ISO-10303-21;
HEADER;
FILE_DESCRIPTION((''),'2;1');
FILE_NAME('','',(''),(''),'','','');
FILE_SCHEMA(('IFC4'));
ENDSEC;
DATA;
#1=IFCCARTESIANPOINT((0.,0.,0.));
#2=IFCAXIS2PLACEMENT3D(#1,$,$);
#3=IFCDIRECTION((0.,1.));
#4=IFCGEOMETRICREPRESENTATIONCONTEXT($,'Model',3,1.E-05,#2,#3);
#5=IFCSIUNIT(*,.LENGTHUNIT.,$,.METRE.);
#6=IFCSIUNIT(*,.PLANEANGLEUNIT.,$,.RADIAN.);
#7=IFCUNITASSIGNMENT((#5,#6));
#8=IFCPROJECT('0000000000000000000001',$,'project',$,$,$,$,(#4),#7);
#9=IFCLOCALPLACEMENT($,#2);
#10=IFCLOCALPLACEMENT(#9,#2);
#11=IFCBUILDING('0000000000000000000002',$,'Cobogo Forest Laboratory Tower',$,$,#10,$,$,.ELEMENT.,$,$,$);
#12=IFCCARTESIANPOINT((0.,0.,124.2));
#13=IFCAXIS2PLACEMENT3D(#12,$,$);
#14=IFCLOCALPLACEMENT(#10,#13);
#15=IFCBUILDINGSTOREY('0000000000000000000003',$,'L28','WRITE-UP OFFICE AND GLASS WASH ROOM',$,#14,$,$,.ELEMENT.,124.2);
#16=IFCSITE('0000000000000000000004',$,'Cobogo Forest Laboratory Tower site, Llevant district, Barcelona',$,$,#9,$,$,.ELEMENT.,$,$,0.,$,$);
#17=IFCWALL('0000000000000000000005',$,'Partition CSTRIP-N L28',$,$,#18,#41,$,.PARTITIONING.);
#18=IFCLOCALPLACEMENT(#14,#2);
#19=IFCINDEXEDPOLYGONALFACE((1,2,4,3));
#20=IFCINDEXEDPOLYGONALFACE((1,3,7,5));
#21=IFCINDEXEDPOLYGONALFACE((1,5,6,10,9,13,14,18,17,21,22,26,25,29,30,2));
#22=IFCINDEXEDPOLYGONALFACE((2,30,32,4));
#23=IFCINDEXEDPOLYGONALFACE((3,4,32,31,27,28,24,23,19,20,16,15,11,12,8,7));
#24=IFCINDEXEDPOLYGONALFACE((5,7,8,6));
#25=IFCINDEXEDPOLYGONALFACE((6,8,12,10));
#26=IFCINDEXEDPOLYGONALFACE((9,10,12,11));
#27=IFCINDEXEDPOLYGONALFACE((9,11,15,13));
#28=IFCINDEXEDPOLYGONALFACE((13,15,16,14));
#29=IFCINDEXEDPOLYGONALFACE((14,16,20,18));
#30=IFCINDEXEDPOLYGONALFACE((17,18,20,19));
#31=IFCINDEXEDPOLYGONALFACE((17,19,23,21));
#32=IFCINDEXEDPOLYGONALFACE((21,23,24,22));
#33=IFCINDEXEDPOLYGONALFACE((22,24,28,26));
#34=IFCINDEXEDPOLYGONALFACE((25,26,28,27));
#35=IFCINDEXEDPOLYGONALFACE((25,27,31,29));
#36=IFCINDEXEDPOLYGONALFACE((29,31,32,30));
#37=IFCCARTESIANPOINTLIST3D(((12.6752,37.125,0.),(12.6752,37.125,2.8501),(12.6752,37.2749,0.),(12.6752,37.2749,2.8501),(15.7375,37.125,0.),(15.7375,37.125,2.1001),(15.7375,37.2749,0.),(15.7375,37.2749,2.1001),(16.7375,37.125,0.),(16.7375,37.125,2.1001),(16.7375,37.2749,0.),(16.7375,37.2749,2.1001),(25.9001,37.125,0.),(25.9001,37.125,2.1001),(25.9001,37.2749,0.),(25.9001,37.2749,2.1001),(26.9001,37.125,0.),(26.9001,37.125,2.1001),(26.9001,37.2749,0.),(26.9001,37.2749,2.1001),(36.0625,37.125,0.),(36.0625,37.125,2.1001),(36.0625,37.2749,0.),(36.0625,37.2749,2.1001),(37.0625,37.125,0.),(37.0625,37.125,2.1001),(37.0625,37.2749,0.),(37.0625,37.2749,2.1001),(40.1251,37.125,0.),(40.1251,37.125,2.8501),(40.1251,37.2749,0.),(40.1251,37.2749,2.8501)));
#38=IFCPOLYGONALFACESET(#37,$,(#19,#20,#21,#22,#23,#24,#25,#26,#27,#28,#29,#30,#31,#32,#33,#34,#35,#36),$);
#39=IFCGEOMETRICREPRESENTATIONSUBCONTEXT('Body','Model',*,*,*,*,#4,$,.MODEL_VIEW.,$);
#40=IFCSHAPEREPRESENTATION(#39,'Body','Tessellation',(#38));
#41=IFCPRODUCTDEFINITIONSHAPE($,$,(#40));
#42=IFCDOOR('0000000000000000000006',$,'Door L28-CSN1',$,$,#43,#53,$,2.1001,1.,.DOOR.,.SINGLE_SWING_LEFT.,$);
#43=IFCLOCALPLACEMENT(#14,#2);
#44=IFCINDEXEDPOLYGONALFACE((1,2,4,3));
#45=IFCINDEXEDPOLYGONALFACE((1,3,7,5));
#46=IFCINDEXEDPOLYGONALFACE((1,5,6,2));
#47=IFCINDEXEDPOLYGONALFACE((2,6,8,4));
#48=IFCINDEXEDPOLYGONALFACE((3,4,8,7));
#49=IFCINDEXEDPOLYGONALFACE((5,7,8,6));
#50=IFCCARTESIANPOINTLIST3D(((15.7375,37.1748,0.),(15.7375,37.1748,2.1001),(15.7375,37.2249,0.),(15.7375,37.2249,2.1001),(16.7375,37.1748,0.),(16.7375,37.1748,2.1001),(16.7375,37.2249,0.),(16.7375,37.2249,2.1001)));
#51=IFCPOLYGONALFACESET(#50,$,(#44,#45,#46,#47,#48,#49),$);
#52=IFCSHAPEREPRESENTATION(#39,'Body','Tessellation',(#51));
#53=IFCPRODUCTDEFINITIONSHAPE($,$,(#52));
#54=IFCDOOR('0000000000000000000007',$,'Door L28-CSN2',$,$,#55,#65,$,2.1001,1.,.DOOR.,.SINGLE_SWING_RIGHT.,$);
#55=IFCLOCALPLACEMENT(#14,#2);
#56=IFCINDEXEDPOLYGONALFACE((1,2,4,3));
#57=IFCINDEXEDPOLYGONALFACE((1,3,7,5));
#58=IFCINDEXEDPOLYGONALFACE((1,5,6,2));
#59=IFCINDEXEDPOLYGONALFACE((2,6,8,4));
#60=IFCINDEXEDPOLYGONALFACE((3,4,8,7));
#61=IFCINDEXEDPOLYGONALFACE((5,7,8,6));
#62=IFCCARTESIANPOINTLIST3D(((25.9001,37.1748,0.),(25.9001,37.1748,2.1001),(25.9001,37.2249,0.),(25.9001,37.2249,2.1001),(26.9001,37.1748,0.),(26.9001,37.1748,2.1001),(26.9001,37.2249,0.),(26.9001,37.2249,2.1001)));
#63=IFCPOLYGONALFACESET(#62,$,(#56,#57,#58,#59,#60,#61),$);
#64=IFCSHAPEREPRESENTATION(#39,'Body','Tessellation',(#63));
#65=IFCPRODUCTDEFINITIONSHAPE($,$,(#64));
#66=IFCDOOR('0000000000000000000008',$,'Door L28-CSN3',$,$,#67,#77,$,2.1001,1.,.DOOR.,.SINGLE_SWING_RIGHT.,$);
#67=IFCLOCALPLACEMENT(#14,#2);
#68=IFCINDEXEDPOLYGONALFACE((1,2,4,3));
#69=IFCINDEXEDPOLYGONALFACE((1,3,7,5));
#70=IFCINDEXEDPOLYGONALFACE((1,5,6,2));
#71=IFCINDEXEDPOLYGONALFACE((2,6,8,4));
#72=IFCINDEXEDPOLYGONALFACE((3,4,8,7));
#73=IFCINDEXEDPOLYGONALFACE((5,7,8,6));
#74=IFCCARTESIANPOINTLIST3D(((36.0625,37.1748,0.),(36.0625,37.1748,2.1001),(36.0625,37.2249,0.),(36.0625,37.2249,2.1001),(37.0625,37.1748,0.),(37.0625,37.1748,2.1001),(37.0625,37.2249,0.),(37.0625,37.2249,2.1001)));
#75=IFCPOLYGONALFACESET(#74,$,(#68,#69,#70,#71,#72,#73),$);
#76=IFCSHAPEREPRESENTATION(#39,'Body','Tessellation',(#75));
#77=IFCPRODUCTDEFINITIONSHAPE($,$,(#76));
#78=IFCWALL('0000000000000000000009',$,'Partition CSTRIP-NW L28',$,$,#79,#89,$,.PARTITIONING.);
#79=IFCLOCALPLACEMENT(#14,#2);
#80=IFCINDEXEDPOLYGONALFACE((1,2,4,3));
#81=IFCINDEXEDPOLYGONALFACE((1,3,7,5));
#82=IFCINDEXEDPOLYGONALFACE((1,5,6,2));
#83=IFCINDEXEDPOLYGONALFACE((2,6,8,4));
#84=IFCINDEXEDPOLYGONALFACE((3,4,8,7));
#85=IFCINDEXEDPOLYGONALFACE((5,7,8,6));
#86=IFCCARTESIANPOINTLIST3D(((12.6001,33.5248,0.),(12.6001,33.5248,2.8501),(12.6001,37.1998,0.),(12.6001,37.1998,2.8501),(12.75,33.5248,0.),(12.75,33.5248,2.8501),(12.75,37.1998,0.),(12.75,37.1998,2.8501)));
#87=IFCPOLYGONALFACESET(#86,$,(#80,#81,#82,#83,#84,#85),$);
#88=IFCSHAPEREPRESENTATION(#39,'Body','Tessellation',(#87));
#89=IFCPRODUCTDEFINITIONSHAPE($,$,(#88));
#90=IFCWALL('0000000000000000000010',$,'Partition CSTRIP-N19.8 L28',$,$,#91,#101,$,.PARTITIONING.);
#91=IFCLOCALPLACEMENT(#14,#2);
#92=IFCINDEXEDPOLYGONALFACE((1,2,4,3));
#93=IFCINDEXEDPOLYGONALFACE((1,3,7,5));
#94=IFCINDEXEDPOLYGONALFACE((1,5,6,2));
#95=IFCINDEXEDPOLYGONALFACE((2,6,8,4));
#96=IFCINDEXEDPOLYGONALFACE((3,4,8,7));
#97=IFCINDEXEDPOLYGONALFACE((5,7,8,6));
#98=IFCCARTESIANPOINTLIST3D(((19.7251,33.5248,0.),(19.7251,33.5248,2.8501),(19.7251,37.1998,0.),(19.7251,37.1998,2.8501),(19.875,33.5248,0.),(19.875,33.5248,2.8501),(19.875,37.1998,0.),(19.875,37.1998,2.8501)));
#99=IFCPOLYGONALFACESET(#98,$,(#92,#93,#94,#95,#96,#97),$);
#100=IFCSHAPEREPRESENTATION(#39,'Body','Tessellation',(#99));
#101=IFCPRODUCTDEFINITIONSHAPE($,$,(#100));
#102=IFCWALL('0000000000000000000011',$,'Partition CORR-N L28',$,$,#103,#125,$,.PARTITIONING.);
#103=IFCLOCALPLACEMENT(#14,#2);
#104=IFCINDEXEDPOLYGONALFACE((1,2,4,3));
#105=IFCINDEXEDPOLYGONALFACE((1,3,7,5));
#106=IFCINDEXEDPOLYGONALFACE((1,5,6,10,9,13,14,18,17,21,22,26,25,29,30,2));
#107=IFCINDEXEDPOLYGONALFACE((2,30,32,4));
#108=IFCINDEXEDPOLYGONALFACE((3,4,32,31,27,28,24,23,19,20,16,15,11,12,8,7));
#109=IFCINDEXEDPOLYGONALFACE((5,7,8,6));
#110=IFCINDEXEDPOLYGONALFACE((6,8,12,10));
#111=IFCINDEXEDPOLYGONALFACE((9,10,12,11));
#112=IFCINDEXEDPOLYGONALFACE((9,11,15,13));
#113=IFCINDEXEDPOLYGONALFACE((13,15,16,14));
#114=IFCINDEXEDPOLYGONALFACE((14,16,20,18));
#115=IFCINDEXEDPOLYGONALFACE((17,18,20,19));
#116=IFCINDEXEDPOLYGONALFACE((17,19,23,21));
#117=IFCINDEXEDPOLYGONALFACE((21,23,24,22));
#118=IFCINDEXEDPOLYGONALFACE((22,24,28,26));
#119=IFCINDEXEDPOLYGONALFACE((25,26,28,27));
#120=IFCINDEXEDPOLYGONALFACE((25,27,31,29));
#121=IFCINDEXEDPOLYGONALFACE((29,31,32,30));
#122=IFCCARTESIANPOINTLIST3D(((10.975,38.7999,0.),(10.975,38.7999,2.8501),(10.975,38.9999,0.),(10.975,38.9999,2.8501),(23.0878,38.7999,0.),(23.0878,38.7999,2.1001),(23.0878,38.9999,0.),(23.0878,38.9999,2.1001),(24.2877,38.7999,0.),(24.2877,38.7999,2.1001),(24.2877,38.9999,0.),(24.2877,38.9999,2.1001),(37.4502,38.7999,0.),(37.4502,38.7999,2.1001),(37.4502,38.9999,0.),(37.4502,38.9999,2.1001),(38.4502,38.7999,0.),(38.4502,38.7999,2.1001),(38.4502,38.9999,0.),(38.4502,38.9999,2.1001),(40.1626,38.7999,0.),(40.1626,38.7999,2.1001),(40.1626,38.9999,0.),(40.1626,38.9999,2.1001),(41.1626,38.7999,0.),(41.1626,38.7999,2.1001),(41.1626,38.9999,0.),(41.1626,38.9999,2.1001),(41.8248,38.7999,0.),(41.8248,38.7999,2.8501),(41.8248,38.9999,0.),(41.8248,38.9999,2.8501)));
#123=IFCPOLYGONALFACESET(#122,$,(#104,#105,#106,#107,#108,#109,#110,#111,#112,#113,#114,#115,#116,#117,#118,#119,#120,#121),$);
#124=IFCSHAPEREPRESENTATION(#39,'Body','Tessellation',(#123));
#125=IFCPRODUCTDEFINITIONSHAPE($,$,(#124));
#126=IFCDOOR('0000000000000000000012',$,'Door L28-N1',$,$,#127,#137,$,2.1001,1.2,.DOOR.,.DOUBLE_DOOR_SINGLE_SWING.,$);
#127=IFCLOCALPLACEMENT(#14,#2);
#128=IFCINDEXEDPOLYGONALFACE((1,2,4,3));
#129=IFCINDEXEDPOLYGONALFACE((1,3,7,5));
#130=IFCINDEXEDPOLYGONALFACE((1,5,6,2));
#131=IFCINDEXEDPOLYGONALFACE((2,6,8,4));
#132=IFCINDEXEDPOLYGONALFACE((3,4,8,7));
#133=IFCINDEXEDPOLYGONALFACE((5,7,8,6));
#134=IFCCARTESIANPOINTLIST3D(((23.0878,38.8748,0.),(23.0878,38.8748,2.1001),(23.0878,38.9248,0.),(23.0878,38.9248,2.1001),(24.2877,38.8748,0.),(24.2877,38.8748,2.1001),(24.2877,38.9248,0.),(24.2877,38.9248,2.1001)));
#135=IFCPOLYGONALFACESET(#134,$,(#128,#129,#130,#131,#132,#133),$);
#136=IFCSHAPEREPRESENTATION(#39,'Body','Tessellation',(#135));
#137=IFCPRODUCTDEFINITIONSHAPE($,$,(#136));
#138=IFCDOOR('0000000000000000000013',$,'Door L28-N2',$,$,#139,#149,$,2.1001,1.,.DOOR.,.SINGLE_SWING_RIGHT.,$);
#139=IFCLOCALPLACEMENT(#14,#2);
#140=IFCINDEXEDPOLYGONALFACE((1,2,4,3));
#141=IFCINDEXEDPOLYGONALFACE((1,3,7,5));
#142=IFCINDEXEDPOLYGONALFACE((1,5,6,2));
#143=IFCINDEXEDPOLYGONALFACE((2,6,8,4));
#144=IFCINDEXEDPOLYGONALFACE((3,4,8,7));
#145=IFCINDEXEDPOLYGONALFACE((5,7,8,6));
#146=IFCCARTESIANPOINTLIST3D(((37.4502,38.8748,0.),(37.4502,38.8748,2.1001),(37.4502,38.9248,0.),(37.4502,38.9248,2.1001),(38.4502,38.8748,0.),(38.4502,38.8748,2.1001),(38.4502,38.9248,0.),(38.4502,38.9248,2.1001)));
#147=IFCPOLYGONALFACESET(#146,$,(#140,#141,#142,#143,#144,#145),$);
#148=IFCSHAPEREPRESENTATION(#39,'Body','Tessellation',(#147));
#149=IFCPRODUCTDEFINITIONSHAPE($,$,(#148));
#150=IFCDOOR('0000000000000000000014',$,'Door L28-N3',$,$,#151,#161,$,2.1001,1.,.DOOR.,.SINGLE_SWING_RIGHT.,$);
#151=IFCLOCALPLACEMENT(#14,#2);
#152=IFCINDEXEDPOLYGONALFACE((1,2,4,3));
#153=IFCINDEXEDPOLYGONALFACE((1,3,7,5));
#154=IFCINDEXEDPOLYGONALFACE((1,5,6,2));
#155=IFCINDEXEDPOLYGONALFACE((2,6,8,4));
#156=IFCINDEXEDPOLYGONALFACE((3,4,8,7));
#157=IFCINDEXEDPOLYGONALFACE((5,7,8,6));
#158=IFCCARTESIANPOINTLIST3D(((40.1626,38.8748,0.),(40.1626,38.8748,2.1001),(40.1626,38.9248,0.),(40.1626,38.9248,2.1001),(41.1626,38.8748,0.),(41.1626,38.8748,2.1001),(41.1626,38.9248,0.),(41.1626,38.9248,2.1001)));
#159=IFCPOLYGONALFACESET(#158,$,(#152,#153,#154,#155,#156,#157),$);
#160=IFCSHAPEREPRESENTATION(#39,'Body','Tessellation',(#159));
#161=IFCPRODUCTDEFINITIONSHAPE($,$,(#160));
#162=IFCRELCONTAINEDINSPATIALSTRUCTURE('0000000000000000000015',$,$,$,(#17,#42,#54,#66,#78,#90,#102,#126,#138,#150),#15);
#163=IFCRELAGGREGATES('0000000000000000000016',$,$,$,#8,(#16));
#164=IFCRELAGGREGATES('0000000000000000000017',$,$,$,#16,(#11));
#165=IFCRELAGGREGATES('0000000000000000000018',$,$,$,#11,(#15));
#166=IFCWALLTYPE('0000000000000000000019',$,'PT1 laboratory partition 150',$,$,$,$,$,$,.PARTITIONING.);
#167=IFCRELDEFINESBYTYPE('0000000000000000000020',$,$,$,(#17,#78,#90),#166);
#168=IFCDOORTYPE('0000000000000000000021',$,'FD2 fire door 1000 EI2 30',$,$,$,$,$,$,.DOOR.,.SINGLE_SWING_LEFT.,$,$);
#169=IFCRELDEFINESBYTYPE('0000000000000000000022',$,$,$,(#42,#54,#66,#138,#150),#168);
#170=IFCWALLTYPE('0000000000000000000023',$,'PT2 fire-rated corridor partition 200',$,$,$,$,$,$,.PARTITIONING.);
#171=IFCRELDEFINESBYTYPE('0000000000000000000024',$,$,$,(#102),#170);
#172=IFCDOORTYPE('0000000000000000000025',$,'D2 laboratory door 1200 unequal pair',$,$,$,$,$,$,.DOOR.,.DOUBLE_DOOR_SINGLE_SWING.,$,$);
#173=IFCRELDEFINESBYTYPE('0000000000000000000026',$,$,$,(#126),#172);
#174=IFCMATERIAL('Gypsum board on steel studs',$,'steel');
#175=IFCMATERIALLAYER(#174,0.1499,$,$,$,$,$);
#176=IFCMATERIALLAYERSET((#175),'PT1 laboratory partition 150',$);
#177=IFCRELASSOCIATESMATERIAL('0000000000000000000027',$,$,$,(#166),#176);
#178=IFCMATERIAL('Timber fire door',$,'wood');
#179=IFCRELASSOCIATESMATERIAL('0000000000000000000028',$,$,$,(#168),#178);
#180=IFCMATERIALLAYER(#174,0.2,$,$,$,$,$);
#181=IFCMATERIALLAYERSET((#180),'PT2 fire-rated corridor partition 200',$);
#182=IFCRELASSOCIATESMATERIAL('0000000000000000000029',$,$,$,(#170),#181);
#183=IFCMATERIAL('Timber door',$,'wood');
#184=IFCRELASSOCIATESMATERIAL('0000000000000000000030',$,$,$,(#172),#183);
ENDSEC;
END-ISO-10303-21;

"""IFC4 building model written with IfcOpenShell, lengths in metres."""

from ifc_helpers import new_model, si_unit, direction, frame, frame_2d, origin, place, context, subcontext, project, spatial, rectangle, extrude, material, layer, layer_set, type_object, element, fill, save


model = new_model("IFC4")

# Units and contexts
model_context = context("Model", 3, precision=1e-05, world=origin(), true_north=direction((0.0, 1.0)))
body_context = subcontext(model_context, "Body", "Model", "MODEL_VIEW")
ifc_project = project(units=[si_unit("LENGTHUNIT", "METRE"), si_unit("PLANEANGLEUNIT", "RADIAN")], contexts=[model_context])

# Site, building, storey
site_placement = place(None, origin())
site = spatial("IfcSite", under=ifc_project, at=site_placement, Name="Cobogo Forest Laboratory Tower site, Llevant district, Barcelona", CompositionType="ELEMENT", RefElevation=0.0)
building_placement = place(site_placement, origin())
building = spatial("IfcBuilding", under=site, at=building_placement, Name="Cobogo Forest Laboratory Tower", CompositionType="ELEMENT")
storey_placement = place(building_placement, frame((0.0, 0.0, 124.2)))
storey = spatial("IfcBuildingStorey", under=building, at=storey_placement, Name="L28", Description="WRITE-UP OFFICE AND GLASS WASH ROOM", CompositionType="ELEMENT", Elevation=124.2)

# Wall, openings, doors
ifc_material_1 = material(Name="Gypsum board on steel studs", Category="steel")
ifc_layer_1 = layer(ifc_material_1, 0.1499)
ifc_layer_set_1 = layer_set([ifc_layer_1], Name="PT1 laboratory partition 150")
wall_type_1 = type_object("IfcWallType", Name="PT1 laboratory partition 150", PredefinedType="PARTITIONING", material=ifc_layer_set_1)
wall_1_placement = place(storey_placement, frame((12.675, 37.2, 0.0), z_axis=(0.0, 0.0, 1.0), x_axis=(1.0, 0.0, 0.0)))
wall_1 = element("IfcWall", 1, at=wall_1_placement, inside=storey, type_object=wall_type_1, Name="Partition CSTRIP-N L28", PredefinedType="PARTITIONING", context=body_context, shape_type="SweptSolid", body=[
    extrude(rectangle(XDim=27.45, YDim=0.1499, at=frame_2d((13.7251, 0.0))), origin(), (0.0, 0.0, 1.0), 2.8501),
])
opening_1_placement = place(wall_1_placement, frame((3.0625, 0.0, 0.0)))
opening_1 = element("IfcOpeningElement", 2, at=opening_1_placement, cuts=wall_1, PredefinedType="OPENING", context=body_context, shape_type="SweptSolid", body=[
    extrude(rectangle(XDim=1.0, YDim=2.1001, at=frame_2d((0.5, 1.05))), frame((0.0, 0.085, 0.0), z_axis=(0.0, -1.0, 0.0), x_axis=(1.0, 0.0, 0.0)), (0.0, 0.0, 1.0), 0.1699),
])
opening_2_placement = place(wall_1_placement, frame((13.2251, 0.0, 0.0)))
opening_2 = element("IfcOpeningElement", 3, at=opening_2_placement, cuts=wall_1, PredefinedType="OPENING", context=body_context, shape_type="SweptSolid", body=[
    extrude(rectangle(XDim=1.0, YDim=2.1001, at=frame_2d((0.5, 1.05))), frame((0.0, 0.085, 0.0), z_axis=(0.0, -1.0, 0.0), x_axis=(1.0, 0.0, 0.0)), (0.0, 0.0, 1.0), 0.1699),
])
opening_3_placement = place(wall_1_placement, frame((23.3875, 0.0, 0.0)))
opening_3 = element("IfcOpeningElement", 4, at=opening_3_placement, cuts=wall_1, PredefinedType="OPENING", context=body_context, shape_type="SweptSolid", body=[
    extrude(rectangle(XDim=1.0, YDim=2.1001, at=frame_2d((0.5, 1.05))), frame((0.0, 0.085, 0.0), z_axis=(0.0, -1.0, 0.0), x_axis=(1.0, 0.0, 0.0)), (0.0, 0.0, 1.0), 0.1699),
])
ifc_material_2 = material(Name="Timber fire door", Category="wood")
door_type_1 = type_object("IfcDoorType", Name="FD2 fire door 1000 EI2 30", OperationType="SINGLE_SWING_LEFT", PredefinedType="DOOR", material=ifc_material_2)
door_1_placement = place(opening_1_placement, origin())
door_1 = element("IfcDoor", 5, at=door_1_placement, inside=storey, type_object=door_type_1, Name="Door L28-CSN1", OperationType="SINGLE_SWING_LEFT", OverallHeight=2.1001, OverallWidth=1.0, PredefinedType="DOOR", context=body_context, shape_type="SweptSolid", body=[
    extrude(rectangle(XDim=1.0, YDim=2.1001, at=frame_2d((0.5, 1.05))), frame((0.0, 0.0249, 0.0), z_axis=(0.0, -1.0, 0.0), x_axis=(1.0, 0.0, 0.0)), (0.0, 0.0, 1.0), 0.05),
])
fill(opening_1, door_1)
door_2_placement = place(opening_2_placement, origin())
door_2 = element("IfcDoor", 6, at=door_2_placement, inside=storey, type_object=door_type_1, Name="Door L28-CSN2", OperationType="SINGLE_SWING_RIGHT", OverallHeight=2.1001, OverallWidth=1.0, PredefinedType="DOOR", context=body_context, shape_type="SweptSolid", body=[
    extrude(rectangle(XDim=1.0, YDim=2.1001, at=frame_2d((0.5, 1.05))), frame((0.0, 0.0249, 0.0), z_axis=(0.0, -1.0, 0.0), x_axis=(1.0, 0.0, 0.0)), (0.0, 0.0, 1.0), 0.05),
])
fill(opening_2, door_2)
door_3_placement = place(opening_3_placement, origin())
door_3 = element("IfcDoor", 7, at=door_3_placement, inside=storey, type_object=door_type_1, Name="Door L28-CSN3", OperationType="SINGLE_SWING_RIGHT", OverallHeight=2.1001, OverallWidth=1.0, PredefinedType="DOOR", context=body_context, shape_type="SweptSolid", body=[
    extrude(rectangle(XDim=1.0, YDim=2.1001, at=frame_2d((0.5, 1.05))), frame((0.0, 0.0249, 0.0), z_axis=(0.0, -1.0, 0.0), x_axis=(1.0, 0.0, 0.0)), (0.0, 0.0, 1.0), 0.05),
])
fill(opening_3, door_3)

# Walls
for number, where, z_axis, x_axis, name in (
    (8, (12.675, 33.5249, 0.0), (0.0, 0.0, 1.0), (0.0, 1.0, 0.0), "Partition CSTRIP-NW L28"),
    (9, (19.8, 33.5249, 0.0), (0.0, 0.0, 1.0), (0.0, 1.0, 0.0), "Partition CSTRIP-N19.8 L28"),
):
    element("IfcWall", number, at=place(storey_placement, frame(where, z_axis=z_axis, x_axis=x_axis)), inside=storey, type_object=wall_type_1, Name=name, PredefinedType="PARTITIONING", context=body_context, shape_type="SweptSolid", body=[
        extrude(rectangle(XDim=3.675, YDim=0.1499, at=frame_2d((1.8374, 0.0))), origin(), (0.0, 0.0, 1.0), 2.8501),
    ])

# Wall, openings, doors
ifc_layer_2 = layer(ifc_material_1, 0.2)
ifc_layer_set_2 = layer_set([ifc_layer_2], Name="PT2 fire-rated corridor partition 200")
wall_type_2 = type_object("IfcWallType", Name="PT2 fire-rated corridor partition 200", PredefinedType="PARTITIONING", material=ifc_layer_set_2)
wall_2_placement = place(storey_placement, frame((10.9751, 38.8999, 0.0), z_axis=(0.0, 0.0, 1.0), x_axis=(1.0, 0.0, 0.0)))
wall_2 = element("IfcWall", 10, at=wall_2_placement, inside=storey, type_object=wall_type_2, Name="Partition CORR-N L28", PredefinedType="PARTITIONING", context=body_context, shape_type="SweptSolid", body=[
    extrude(rectangle(XDim=30.8499, YDim=0.2, at=frame_2d((15.4248, 0.0))), origin(), (0.0, 0.0, 1.0), 2.8501),
])
opening_4_placement = place(wall_2_placement, frame((12.1125, 0.0, 0.0)))
opening_4 = element("IfcOpeningElement", 11, at=opening_4_placement, cuts=wall_2, PredefinedType="OPENING", context=body_context, shape_type="SweptSolid", body=[
    extrude(rectangle(XDim=1.2, YDim=2.1001, at=frame_2d((0.6001, 1.05))), frame((0.0, 0.1099, 0.0), z_axis=(0.0, -1.0, 0.0), x_axis=(1.0, 0.0, 0.0)), (0.0, 0.0, 1.0), 0.22),
])
opening_5_placement = place(wall_2_placement, frame((26.4751, 0.0, 0.0)))
opening_5 = element("IfcOpeningElement", 12, at=opening_5_placement, cuts=wall_2, PredefinedType="OPENING", context=body_context, shape_type="SweptSolid", body=[
    extrude(rectangle(XDim=1.0, YDim=2.1001, at=frame_2d((0.5, 1.05))), frame((0.0, 0.1099, 0.0), z_axis=(0.0, -1.0, 0.0), x_axis=(1.0, 0.0, 0.0)), (0.0, 0.0, 1.0), 0.22),
])
opening_6_placement = place(wall_2_placement, frame((29.1875, 0.0, 0.0)))
opening_6 = element("IfcOpeningElement", 13, at=opening_6_placement, cuts=wall_2, PredefinedType="OPENING", context=body_context, shape_type="SweptSolid", body=[
    extrude(rectangle(XDim=1.0, YDim=2.1001, at=frame_2d((0.5, 1.05))), frame((0.0, 0.1099, 0.0), z_axis=(0.0, -1.0, 0.0), x_axis=(1.0, 0.0, 0.0)), (0.0, 0.0, 1.0), 0.22),
])
ifc_material_3 = material(Name="Timber door", Category="wood")
door_type_2 = type_object("IfcDoorType", Name="D2 laboratory door 1200 unequal pair", OperationType="DOUBLE_DOOR_SINGLE_SWING", PredefinedType="DOOR", material=ifc_material_3)
door_4_placement = place(opening_4_placement, origin())
door_4 = element("IfcDoor", 14, at=door_4_placement, inside=storey, type_object=door_type_2, Name="Door L28-N1", OperationType="DOUBLE_DOOR_SINGLE_SWING", OverallHeight=2.1001, OverallWidth=1.2, PredefinedType="DOOR", context=body_context, shape_type="SweptSolid", body=[
    extrude(rectangle(XDim=1.2, YDim=2.1001, at=frame_2d((0.6001, 1.05))), frame((0.0, 0.0249, 0.0), z_axis=(0.0, -1.0, 0.0), x_axis=(1.0, 0.0, 0.0)), (0.0, 0.0, 1.0), 0.05),
])
fill(opening_4, door_4)
door_5_placement = place(opening_5_placement, origin())
door_5 = element("IfcDoor", 15, at=door_5_placement, inside=storey, type_object=door_type_1, Name="Door L28-N2", OperationType="SINGLE_SWING_RIGHT", OverallHeight=2.1001, OverallWidth=1.0, PredefinedType="DOOR", context=body_context, shape_type="SweptSolid", body=[
    extrude(rectangle(XDim=1.0, YDim=2.1001, at=frame_2d((0.5, 1.05))), frame((0.0, 0.0249, 0.0), z_axis=(0.0, -1.0, 0.0), x_axis=(1.0, 0.0, 0.0)), (0.0, 0.0, 1.0), 0.05),
])
fill(opening_5, door_5)
door_6_placement = place(opening_6_placement, origin())
door_6 = element("IfcDoor", 16, at=door_6_placement, inside=storey, type_object=door_type_1, Name="Door L28-N3", OperationType="SINGLE_SWING_RIGHT", OverallHeight=2.1001, OverallWidth=1.0, PredefinedType="DOOR", context=body_context, shape_type="SweptSolid", body=[
    extrude(rectangle(XDim=1.0, YDim=2.1001, at=frame_2d((0.5, 1.05))), frame((0.0, 0.0249, 0.0), z_axis=(0.0, -1.0, 0.0), x_axis=(1.0, 0.0, 0.0)), (0.0, 0.0, 1.0), 0.05),
])
fill(opening_6, door_6)

save(model, "model.ifc")
